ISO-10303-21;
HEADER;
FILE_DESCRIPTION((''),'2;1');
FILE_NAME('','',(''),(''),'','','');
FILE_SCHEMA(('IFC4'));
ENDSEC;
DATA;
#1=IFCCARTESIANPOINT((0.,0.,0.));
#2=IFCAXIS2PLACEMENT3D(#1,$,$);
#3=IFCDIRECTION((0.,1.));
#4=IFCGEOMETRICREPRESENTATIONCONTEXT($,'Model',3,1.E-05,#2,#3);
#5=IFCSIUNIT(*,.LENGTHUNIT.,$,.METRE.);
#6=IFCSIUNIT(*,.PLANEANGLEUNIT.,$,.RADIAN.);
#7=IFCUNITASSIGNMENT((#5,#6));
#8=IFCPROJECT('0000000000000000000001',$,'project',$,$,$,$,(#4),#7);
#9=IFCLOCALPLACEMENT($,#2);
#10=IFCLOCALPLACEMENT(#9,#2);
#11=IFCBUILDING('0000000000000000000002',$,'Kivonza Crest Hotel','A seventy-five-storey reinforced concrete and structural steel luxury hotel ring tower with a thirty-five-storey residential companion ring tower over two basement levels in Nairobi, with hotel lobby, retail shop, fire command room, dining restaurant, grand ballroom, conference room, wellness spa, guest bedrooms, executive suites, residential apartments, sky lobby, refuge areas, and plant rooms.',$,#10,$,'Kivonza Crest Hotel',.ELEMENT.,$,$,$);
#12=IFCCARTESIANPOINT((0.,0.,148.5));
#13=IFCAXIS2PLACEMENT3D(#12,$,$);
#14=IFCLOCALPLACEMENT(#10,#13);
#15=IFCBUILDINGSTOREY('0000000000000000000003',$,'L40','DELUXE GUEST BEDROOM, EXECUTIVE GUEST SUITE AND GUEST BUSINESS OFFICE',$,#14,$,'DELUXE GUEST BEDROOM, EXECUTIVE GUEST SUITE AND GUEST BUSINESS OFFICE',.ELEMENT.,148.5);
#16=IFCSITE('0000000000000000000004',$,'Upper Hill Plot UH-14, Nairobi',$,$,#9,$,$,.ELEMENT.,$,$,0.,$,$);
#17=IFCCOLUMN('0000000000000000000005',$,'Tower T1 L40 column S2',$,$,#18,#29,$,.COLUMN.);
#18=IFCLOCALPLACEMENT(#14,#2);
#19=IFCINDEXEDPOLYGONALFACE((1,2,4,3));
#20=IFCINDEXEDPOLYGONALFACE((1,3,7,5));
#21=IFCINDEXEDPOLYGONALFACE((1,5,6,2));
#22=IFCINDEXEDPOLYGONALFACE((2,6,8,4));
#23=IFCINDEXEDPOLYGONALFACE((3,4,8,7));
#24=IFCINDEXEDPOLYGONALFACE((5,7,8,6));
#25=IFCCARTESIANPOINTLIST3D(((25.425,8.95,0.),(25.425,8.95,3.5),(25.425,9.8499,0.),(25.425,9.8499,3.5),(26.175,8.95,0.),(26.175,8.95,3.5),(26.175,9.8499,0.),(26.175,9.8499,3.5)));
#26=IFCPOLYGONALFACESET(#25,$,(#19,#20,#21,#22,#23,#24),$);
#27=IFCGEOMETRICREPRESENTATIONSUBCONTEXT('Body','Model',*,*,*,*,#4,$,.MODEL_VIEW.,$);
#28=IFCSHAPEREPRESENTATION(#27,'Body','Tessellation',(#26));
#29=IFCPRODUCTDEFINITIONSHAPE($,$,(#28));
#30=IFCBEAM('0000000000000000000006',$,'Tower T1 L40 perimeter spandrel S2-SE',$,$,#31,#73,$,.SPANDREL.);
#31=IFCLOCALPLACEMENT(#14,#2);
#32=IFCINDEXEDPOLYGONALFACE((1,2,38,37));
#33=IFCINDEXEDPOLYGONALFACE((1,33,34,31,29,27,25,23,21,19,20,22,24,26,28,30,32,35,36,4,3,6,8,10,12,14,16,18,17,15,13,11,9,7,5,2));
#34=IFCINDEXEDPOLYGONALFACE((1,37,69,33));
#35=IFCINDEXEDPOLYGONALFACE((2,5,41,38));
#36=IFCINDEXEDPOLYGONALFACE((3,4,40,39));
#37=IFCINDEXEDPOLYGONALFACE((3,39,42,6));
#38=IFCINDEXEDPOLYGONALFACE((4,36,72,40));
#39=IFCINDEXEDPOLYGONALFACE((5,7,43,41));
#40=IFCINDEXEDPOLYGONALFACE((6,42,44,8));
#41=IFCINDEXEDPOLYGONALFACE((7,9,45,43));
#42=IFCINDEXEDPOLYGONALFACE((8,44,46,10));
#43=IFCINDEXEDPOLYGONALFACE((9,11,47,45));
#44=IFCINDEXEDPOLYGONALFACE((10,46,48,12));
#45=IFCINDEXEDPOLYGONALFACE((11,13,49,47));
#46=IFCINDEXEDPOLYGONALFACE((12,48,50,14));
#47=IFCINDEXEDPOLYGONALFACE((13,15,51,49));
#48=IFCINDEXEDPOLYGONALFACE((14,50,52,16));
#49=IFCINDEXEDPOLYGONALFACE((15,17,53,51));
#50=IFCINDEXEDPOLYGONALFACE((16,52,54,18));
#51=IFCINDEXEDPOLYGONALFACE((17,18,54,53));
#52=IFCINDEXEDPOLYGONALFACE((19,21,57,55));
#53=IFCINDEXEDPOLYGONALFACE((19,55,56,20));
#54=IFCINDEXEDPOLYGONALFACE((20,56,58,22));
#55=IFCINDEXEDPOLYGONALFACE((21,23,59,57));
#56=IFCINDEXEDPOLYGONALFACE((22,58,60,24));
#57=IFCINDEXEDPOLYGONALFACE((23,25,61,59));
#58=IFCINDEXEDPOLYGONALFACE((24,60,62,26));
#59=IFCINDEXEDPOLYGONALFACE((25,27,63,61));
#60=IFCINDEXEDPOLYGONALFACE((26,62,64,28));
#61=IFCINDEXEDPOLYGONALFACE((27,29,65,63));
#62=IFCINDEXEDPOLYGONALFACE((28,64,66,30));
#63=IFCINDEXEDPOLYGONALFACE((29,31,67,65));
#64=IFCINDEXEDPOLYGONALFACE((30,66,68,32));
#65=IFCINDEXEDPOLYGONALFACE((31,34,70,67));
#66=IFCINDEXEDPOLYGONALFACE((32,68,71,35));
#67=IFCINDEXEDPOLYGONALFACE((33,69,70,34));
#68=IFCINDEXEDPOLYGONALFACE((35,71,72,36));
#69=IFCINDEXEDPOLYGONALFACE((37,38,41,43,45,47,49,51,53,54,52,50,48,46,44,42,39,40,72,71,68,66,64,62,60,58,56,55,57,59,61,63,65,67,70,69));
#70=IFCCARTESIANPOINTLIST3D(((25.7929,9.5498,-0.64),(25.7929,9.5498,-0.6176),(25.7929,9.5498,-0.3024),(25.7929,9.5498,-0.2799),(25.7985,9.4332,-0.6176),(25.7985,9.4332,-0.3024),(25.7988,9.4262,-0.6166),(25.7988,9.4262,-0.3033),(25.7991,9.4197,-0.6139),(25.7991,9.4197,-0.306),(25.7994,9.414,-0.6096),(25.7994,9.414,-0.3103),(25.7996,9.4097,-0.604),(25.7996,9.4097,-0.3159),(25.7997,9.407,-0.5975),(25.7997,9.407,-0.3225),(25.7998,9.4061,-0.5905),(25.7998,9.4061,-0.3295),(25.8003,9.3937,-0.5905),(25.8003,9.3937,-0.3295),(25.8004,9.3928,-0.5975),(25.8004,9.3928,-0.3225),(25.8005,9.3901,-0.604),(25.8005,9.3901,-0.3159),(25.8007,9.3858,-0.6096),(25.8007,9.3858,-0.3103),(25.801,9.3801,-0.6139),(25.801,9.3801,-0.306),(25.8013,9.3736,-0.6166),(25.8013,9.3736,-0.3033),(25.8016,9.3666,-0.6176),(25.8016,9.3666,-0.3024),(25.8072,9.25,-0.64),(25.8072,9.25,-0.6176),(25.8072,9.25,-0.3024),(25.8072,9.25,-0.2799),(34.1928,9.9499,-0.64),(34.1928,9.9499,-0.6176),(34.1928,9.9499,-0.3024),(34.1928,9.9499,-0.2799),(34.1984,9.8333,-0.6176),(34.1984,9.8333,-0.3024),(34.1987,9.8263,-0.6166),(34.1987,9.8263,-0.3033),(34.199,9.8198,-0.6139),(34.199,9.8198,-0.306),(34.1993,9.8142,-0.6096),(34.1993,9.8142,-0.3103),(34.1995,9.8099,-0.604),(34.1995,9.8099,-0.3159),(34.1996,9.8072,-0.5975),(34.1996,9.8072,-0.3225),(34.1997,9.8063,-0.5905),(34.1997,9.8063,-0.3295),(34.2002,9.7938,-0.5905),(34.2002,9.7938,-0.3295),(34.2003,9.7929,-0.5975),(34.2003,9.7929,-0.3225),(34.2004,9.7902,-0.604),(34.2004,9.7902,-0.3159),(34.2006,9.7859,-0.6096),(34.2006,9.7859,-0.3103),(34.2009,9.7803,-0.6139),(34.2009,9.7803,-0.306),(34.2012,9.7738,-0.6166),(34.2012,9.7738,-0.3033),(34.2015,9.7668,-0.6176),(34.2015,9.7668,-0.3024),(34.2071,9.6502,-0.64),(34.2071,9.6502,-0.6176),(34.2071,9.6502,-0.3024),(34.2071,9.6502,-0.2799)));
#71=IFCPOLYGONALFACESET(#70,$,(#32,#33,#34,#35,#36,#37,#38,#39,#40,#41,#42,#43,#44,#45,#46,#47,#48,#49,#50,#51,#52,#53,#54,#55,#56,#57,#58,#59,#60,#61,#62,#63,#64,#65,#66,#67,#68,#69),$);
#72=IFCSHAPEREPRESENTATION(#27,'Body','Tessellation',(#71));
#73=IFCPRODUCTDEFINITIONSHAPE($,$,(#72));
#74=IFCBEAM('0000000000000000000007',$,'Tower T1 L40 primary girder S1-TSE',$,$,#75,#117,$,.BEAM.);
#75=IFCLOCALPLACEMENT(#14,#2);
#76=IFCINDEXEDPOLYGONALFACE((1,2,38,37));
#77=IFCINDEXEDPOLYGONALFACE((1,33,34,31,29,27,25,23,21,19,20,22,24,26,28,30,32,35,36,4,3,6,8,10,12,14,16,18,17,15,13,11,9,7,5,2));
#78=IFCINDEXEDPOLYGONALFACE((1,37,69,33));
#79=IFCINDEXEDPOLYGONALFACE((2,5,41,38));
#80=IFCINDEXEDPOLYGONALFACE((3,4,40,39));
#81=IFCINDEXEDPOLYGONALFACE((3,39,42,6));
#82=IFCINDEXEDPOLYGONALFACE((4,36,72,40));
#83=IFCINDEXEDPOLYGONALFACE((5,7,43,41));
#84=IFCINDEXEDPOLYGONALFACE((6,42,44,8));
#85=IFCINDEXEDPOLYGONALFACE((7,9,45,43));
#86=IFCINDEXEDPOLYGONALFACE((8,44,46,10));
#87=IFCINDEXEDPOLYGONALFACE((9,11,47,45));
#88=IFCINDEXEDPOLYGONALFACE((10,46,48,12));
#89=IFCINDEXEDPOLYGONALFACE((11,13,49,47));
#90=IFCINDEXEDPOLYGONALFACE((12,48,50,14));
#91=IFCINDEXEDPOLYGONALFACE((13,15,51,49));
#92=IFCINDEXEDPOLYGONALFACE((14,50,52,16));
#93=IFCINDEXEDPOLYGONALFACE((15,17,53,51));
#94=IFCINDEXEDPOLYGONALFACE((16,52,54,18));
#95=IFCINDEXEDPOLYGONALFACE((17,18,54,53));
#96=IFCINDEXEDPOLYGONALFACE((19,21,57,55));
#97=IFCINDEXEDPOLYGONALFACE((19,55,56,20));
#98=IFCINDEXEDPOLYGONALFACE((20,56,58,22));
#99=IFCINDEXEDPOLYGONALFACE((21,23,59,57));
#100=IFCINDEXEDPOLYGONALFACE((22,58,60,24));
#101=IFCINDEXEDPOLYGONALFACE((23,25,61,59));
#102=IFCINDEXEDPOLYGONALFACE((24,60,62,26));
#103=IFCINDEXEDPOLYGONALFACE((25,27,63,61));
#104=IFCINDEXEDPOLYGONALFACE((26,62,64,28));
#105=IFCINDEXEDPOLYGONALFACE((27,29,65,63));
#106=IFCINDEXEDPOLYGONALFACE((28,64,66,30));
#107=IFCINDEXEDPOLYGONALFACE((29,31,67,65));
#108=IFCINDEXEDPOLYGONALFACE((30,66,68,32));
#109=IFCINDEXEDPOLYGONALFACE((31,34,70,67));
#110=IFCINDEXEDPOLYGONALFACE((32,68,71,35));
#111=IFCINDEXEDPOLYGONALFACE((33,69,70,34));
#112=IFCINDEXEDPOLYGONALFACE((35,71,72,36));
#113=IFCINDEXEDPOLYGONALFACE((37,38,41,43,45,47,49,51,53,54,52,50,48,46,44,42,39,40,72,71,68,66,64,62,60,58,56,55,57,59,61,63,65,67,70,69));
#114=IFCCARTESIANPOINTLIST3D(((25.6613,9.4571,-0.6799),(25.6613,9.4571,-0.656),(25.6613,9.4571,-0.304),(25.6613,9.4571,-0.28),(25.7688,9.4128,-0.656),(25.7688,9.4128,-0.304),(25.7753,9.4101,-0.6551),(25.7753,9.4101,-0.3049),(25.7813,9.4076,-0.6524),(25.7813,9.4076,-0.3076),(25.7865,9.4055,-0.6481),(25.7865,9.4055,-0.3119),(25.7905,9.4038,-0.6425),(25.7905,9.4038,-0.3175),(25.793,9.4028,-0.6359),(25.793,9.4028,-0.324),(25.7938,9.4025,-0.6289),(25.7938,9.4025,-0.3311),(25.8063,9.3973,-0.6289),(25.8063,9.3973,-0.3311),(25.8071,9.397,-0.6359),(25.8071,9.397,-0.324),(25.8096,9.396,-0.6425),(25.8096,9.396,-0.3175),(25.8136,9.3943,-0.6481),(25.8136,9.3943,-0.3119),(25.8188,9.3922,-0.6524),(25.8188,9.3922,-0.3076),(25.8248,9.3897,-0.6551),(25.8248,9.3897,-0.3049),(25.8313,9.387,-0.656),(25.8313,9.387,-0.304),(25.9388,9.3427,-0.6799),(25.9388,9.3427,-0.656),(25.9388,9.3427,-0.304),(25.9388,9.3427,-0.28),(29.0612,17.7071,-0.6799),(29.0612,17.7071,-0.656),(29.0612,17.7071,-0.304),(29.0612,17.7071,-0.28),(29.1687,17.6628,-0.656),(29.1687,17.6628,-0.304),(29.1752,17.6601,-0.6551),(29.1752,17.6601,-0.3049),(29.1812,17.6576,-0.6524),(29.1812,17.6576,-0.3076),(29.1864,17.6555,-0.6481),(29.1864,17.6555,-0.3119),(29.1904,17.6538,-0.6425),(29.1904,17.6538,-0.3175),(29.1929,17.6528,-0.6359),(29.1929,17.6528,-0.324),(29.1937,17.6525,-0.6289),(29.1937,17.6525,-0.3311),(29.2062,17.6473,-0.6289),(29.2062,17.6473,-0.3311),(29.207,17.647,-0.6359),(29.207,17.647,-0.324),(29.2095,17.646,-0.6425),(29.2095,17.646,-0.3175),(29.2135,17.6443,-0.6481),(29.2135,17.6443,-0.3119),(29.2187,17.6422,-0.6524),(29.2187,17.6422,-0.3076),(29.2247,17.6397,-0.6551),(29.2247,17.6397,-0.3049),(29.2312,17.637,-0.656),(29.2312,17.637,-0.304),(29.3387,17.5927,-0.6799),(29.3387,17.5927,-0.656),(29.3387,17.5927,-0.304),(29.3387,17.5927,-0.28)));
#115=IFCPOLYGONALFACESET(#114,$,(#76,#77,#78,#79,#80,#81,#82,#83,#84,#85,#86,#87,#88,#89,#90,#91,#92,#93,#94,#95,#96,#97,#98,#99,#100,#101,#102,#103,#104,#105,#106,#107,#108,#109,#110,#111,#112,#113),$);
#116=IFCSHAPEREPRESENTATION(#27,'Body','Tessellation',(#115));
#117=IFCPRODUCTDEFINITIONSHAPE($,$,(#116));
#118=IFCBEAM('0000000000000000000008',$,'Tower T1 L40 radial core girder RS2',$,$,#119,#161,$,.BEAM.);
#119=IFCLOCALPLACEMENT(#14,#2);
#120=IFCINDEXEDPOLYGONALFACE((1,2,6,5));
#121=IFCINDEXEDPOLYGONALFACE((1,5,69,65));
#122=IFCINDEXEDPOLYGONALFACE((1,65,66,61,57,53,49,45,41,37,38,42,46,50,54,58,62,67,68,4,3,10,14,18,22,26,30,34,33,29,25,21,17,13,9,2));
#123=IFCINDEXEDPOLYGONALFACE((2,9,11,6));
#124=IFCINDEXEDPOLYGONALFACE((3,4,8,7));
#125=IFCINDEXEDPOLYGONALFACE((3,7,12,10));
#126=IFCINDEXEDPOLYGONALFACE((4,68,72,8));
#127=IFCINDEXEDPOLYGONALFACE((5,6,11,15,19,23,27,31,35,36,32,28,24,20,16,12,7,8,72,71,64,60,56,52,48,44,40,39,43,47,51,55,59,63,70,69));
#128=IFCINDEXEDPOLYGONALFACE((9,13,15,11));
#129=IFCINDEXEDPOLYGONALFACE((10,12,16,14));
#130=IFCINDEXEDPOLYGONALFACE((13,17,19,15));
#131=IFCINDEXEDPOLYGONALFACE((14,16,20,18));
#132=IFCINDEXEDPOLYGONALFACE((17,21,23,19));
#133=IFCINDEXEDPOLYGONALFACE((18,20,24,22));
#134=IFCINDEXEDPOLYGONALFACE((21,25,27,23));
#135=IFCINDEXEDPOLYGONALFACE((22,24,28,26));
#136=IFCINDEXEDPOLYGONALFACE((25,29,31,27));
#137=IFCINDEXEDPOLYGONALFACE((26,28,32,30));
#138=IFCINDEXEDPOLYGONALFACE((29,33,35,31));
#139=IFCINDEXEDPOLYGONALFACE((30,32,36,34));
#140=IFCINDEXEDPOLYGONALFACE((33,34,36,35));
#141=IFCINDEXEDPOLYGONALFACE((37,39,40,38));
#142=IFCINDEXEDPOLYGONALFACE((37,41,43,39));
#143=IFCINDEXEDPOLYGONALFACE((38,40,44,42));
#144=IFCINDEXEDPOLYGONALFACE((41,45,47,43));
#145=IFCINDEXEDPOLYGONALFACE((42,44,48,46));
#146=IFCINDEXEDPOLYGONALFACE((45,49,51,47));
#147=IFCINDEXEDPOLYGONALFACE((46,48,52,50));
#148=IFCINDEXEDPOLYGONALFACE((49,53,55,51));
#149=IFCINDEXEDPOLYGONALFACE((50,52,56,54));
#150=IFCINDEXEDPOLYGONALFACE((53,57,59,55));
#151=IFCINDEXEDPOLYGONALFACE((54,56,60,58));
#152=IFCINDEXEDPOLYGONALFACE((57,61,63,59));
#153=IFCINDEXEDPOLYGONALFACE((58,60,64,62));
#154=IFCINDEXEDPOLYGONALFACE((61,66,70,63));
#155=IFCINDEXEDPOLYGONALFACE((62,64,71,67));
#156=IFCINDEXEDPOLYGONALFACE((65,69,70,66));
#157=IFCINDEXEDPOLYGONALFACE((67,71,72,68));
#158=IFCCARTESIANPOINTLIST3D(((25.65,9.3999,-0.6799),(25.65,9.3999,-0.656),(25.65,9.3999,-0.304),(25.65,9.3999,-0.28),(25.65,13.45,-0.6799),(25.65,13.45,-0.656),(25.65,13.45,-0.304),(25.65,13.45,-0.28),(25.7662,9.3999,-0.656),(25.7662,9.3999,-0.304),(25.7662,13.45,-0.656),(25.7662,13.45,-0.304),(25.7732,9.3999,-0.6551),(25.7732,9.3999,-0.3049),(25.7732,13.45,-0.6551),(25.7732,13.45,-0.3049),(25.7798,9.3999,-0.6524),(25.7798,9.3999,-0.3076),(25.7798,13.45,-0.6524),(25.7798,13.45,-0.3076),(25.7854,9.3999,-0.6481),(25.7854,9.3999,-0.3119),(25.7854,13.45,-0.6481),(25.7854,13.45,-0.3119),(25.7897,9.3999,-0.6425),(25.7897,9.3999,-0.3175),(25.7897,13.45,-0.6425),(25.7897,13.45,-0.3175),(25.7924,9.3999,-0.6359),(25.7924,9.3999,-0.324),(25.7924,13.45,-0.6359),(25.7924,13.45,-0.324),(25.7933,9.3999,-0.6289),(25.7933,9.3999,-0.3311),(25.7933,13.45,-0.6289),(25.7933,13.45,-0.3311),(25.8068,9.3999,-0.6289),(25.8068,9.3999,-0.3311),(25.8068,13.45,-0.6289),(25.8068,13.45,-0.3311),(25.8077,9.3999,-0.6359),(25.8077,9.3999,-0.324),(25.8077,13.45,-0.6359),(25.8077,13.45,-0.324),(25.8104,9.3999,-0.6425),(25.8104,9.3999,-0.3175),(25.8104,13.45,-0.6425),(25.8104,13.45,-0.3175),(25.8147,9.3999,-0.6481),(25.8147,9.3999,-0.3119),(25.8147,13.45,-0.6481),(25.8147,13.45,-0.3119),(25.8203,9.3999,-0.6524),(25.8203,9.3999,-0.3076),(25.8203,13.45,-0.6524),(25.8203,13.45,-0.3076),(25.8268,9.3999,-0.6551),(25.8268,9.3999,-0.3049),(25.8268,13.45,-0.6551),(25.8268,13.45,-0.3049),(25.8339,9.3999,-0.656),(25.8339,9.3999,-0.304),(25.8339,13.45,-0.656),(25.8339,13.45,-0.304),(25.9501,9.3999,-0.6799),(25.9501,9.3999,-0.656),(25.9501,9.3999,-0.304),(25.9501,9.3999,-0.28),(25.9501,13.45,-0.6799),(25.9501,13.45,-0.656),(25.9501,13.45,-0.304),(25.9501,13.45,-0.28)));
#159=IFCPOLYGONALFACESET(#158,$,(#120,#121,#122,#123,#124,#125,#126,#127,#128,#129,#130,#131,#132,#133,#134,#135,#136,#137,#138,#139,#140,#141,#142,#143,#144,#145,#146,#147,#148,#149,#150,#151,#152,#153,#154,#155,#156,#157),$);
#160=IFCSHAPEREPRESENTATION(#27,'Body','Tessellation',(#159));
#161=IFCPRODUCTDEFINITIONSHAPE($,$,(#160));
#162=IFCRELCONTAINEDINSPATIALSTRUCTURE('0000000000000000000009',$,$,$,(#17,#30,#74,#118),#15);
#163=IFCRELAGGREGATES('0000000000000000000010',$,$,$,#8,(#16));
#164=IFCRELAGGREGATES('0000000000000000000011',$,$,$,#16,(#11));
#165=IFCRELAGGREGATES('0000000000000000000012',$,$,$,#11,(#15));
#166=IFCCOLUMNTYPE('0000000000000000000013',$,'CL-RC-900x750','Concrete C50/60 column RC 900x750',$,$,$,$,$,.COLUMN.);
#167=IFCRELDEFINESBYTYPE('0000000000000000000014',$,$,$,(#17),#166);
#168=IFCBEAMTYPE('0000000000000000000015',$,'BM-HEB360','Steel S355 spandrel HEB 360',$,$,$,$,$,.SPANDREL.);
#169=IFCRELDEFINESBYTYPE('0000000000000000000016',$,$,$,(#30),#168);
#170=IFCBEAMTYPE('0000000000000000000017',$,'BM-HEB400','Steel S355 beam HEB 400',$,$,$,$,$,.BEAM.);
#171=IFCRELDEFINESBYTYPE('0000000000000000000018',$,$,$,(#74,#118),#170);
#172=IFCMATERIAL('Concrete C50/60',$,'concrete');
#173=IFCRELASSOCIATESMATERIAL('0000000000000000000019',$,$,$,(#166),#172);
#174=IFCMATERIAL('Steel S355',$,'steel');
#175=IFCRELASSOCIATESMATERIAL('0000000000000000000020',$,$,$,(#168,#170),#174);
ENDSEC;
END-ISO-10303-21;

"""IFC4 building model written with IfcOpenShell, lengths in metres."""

from ifc_helpers import new_model, si_unit, direction, frame, origin, origin_2d, place, context, subcontext, project, spatial, rectangle, i_section, extrude, material, material_profile, profile_set, type_object, element, save


model = new_model("IFC4")

# Units and contexts
model_context = context("Model", 3, precision=1e-05, world=origin(), true_north=direction((0.0, 1.0)))
body_context = subcontext(model_context, "Body", "Model", "MODEL_VIEW")
ifc_project = project(units=[si_unit("LENGTHUNIT", "METRE"), si_unit("PLANEANGLEUNIT", "RADIAN")], contexts=[model_context])

# Site, building, storey
site_placement = place(None, origin())
site = spatial("IfcSite", under=ifc_project, at=site_placement, Name="Upper Hill Plot UH-14, Nairobi", CompositionType="ELEMENT", RefElevation=0.0)
building_placement = place(site_placement, origin())
building = spatial("IfcBuilding", under=site, at=building_placement, Name="Kivonza Crest Hotel", Description="A seventy-five-storey reinforced concrete and structural steel luxury hotel ring tower with a thirty-five-storey residential companion ring tower over two basement levels in Nairobi, with hotel lobby, retail shop, fire command room, dining restaurant, grand ballroom, conference room, wellness spa, guest bedrooms, executive suites, residential apartments, sky lobby, refuge areas, and plant rooms.", LongName="Kivonza Crest Hotel", CompositionType="ELEMENT")
storey_placement = place(building_placement, frame((0.0, 0.0, 148.5)))
storey = spatial("IfcBuildingStorey", under=building, at=storey_placement, Name="L40", Description="DELUXE GUEST BEDROOM, EXECUTIVE GUEST SUITE AND GUEST BUSINESS OFFICE", LongName="DELUXE GUEST BEDROOM, EXECUTIVE GUEST SUITE AND GUEST BUSINESS OFFICE", CompositionType="ELEMENT", Elevation=148.5)

# Column
ifc_material_1 = material(Name="Concrete C50/60", Category="concrete")
ifc_material_profile_1 = material_profile(ifc_material_1, rectangle(XDim=0.75, YDim=0.8999, at=origin_2d()), Name="RC 900x750")
ifc_profile_set_1 = profile_set([ifc_material_profile_1], Name="Concrete C50/60")
column_type = type_object("IfcColumnType", Name="CL-RC-900x750", Description="Concrete C50/60 column RC 900x750", PredefinedType="COLUMN", material=ifc_profile_set_1)
column_placement = place(storey_placement, frame((25.8, 9.3999, 0.0), z_axis=(0.0, 0.0, 1.0), x_axis=(1.0, 0.0, 0.0)))
element("IfcColumn", 1, at=column_placement, inside=storey, type_object=column_type, Name="Tower T1 L40 column S2", PredefinedType="COLUMN", context=body_context, shape_type="SweptSolid", body=[
    extrude(rectangle(XDim=0.75, YDim=0.8999, at=origin_2d()), origin(), (0.0, 0.0, 1.0), 3.5),
])

# Beams
ifc_material_2 = material(Name="Steel S355", Category="steel")
ifc_material_profile_2 = material_profile(ifc_material_2, i_section(OverallWidth=0.3, OverallDepth=0.3601, WebThickness=0.0125, FlangeThickness=0.0225, FilletRadius=0.0271, at=origin_2d()), Name="HEB 360")
ifc_profile_set_2 = profile_set([ifc_material_profile_2], Name="Steel S355")
beam_type_1 = type_object("IfcBeamType", Name="BM-HEB360", Description="Steel S355 spandrel HEB 360", PredefinedType="SPANDREL", material=ifc_profile_set_2)
beam_1_placement = place(storey_placement, frame((25.8, 9.3999, -0.46), z_axis=(0.998867, 0.047583, 0.0), x_axis=(-0.047583, 0.998867, 0.0)))
element("IfcBeam", 2, at=beam_1_placement, inside=storey, type_object=beam_type_1, Name="Tower T1 L40 perimeter spandrel S2-SE", PredefinedType="SPANDREL", context=body_context, shape_type="SweptSolid", body=[
    extrude(i_section(OverallWidth=0.3, OverallDepth=0.3601, WebThickness=0.0125, FlangeThickness=0.0225, FilletRadius=0.0271, at=origin_2d()), origin(), (0.0, 0.0, 1.0), 8.4094),
])
ifc_material_profile_3 = material_profile(ifc_material_2, i_section(OverallWidth=0.3, OverallDepth=0.3999, WebThickness=0.0134, FlangeThickness=0.0239, FilletRadius=0.0271, at=origin_2d()), Name="HEB 400")
ifc_profile_set_3 = profile_set([ifc_material_profile_3], Name="Steel S355")
beam_type_2 = type_object("IfcBeamType", Name="BM-HEB400", Description="Steel S355 beam HEB 400", PredefinedType="BEAM", material=ifc_profile_set_3)
beam_2_placement = place(storey_placement, frame((25.8, 9.3999, -0.48), z_axis=(0.381022, 0.924566, 0.0), x_axis=(-0.924566, 0.381022, 0.0)))
element("IfcBeam", 3, at=beam_2_placement, inside=storey, type_object=beam_type_2, Name="Tower T1 L40 primary girder S1-TSE", PredefinedType="BEAM", context=body_context, shape_type="SweptSolid", body=[
    extrude(i_section(OverallWidth=0.3, OverallDepth=0.3999, WebThickness=0.0134, FlangeThickness=0.0239, FilletRadius=0.0271, at=origin_2d()), origin(), (0.0, 0.0, 1.0), 8.9231),
])
beam_3_placement = place(storey_placement, frame((25.8, 9.3999, -0.48), z_axis=(0.0, 1.0, 0.0), x_axis=(-1.0, 0.0, 0.0)))
element("IfcBeam", 4, at=beam_3_placement, inside=storey, type_object=beam_type_2, Name="Tower T1 L40 radial core girder RS2", PredefinedType="BEAM", context=body_context, shape_type="SweptSolid", body=[
    extrude(i_section(OverallWidth=0.3, OverallDepth=0.3999, WebThickness=0.0134, FlangeThickness=0.0239, FilletRadius=0.0271, at=origin_2d()), origin(), (0.0, 0.0, 1.0), 4.05),
])

save(model, "model.ifc")
